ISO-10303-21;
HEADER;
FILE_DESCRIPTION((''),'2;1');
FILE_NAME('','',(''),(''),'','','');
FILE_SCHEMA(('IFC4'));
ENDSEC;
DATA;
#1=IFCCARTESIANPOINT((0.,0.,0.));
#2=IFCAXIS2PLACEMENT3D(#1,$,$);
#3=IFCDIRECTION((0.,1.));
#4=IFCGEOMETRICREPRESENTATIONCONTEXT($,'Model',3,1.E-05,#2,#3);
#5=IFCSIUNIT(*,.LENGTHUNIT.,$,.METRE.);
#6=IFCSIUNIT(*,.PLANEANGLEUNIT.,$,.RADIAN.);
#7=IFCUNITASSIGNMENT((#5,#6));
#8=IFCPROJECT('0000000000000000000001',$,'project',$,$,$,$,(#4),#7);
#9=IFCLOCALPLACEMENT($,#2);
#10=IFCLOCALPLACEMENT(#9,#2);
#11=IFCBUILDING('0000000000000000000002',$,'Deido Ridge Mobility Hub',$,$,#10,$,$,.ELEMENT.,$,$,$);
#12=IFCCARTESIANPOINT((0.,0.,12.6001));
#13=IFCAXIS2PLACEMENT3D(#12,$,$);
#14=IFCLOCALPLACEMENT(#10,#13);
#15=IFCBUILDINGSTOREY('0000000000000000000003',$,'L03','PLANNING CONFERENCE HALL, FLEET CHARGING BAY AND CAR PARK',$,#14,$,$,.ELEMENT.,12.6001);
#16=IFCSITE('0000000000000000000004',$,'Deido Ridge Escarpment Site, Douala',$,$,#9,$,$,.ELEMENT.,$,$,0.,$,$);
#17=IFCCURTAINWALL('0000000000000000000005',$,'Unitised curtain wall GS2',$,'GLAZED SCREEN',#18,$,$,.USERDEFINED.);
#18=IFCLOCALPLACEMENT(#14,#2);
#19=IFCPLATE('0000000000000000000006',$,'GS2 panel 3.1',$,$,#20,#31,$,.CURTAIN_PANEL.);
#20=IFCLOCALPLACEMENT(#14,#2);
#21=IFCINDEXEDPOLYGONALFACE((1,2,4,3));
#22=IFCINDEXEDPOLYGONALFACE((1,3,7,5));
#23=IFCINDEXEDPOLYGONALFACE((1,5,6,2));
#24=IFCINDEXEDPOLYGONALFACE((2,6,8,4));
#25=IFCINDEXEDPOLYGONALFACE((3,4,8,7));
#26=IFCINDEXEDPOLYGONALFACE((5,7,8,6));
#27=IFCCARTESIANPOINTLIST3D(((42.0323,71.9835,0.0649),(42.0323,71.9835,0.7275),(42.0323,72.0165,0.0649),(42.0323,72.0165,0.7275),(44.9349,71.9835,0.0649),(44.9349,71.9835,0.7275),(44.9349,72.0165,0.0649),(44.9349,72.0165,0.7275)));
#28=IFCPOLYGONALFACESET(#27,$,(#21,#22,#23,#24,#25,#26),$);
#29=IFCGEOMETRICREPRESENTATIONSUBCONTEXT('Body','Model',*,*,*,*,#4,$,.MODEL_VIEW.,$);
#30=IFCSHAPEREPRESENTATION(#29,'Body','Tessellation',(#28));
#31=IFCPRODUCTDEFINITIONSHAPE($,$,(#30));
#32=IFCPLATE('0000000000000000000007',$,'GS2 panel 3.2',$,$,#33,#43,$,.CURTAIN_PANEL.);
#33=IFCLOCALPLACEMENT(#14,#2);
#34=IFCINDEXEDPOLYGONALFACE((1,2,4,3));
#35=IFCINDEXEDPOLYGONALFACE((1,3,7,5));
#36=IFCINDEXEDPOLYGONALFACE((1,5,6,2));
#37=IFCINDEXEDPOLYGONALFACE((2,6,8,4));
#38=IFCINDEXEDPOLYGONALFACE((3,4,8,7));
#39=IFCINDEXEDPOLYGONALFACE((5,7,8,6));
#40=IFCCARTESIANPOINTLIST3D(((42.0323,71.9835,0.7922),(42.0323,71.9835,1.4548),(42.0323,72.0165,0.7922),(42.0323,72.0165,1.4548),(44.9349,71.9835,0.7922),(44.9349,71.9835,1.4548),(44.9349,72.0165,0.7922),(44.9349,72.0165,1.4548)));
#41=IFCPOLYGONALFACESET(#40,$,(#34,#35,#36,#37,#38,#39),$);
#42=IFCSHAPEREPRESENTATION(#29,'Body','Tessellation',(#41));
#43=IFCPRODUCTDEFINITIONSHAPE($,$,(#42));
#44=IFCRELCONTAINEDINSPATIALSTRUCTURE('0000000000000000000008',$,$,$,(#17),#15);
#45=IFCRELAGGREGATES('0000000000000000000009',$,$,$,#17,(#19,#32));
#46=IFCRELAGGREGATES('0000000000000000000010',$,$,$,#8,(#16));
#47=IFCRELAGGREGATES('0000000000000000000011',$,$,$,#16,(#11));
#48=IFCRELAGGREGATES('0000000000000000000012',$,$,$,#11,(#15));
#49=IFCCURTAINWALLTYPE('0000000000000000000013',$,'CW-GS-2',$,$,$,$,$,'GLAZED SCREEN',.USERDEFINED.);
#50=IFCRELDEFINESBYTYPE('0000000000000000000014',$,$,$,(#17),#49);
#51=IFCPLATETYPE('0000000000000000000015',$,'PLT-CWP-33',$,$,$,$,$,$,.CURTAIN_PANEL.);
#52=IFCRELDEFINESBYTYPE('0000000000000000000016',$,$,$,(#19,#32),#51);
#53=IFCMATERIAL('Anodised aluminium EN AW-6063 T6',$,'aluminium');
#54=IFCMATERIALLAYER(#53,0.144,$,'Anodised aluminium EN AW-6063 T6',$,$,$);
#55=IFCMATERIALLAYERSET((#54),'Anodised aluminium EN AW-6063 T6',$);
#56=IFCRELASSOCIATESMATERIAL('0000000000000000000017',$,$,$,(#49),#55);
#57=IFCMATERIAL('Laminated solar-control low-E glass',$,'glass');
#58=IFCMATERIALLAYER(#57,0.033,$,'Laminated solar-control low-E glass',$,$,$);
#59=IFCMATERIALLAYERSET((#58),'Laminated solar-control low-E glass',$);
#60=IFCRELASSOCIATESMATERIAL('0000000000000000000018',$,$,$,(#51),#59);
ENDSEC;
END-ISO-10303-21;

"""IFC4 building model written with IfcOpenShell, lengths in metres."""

from ifc_helpers import new_model, si_unit, direction, frame, origin, origin_2d, place, context, subcontext, project, spatial, rectangle, extrude, material, layer, layer_set, type_object, element, aggregate, save


model = new_model("IFC4")

# Units and contexts
model_context = context("Model", 3, precision=1e-05, world=origin(), true_north=direction((0.0, 1.0)))
body_context = subcontext(model_context, "Body", "Model", "MODEL_VIEW")
ifc_project = project(units=[si_unit("LENGTHUNIT", "METRE"), si_unit("PLANEANGLEUNIT", "RADIAN")], contexts=[model_context])

# Site, building, storey
site_placement = place(None, origin())
site = spatial("IfcSite", under=ifc_project, at=site_placement, Name="Deido Ridge Escarpment Site, Douala", CompositionType="ELEMENT", RefElevation=0.0)
building_placement = place(site_placement, origin())
building = spatial("IfcBuilding", under=site, at=building_placement, Name="Deido Ridge Mobility Hub", CompositionType="ELEMENT")
storey_placement = place(building_placement, frame((0.0, 0.0, 12.6001)))
storey = spatial("IfcBuildingStorey", under=building, at=storey_placement, Name="L03", Description="PLANNING CONFERENCE HALL, FLEET CHARGING BAY AND CAR PARK", CompositionType="ELEMENT", Elevation=12.6001)

# Curtain wall
ifc_material_1 = material(Name="Anodised aluminium EN AW-6063 T6", Category="aluminium")
ifc_layer_1 = layer(ifc_material_1, 0.144, Name="Anodised aluminium EN AW-6063 T6")
ifc_layer_set_1 = layer_set([ifc_layer_1], Name="Anodised aluminium EN AW-6063 T6")
curtain_wall_type = type_object("IfcCurtainWallType", Name="CW-GS-2", ElementType="GLAZED SCREEN", PredefinedType="USERDEFINED", material=ifc_layer_set_1)
curtain_wall_placement = place(storey_placement, origin())
curtain_wall = element("IfcCurtainWall", 1, at=curtain_wall_placement, inside=storey, type_object=curtain_wall_type, Name="Unitised curtain wall GS2", ObjectType="GLAZED SCREEN", PredefinedType="USERDEFINED")

# Plates
ifc_material_2 = material(Name="Laminated solar-control low-E glass", Category="glass")
ifc_layer_2 = layer(ifc_material_2, 0.033, Name="Laminated solar-control low-E glass")
ifc_layer_set_2 = layer_set([ifc_layer_2], Name="Laminated solar-control low-E glass")
plate_type_1 = type_object("IfcPlateType", Name="PLT-CWP-33", PredefinedType="CURTAIN_PANEL", material=ifc_layer_set_2)
plate_1_placement = place(storey_placement, frame((43.4836, 72.0, 0.0649), z_axis=(0.0, 0.0, 1.0), x_axis=(1.0, 0.0, 0.0)))
plate_1 = element("IfcPlate", 2, at=plate_1_placement, type_object=plate_type_1, Name="GS2 panel 3.1", PredefinedType="CURTAIN_PANEL", context=body_context, shape_type="SweptSolid", body=[
    extrude(rectangle(XDim=2.9026, YDim=0.033, at=origin_2d()), origin(), (0.0, 0.0, 1.0), 0.6626),
])
plate_2_placement = place(storey_placement, frame((43.4836, 72.0, 0.7922), z_axis=(0.0, 0.0, 1.0), x_axis=(1.0, 0.0, 0.0)))
plate_2 = element("IfcPlate", 3, at=plate_2_placement, type_object=plate_type_1, Name="GS2 panel 3.2", PredefinedType="CURTAIN_PANEL", context=body_context, shape_type="SweptSolid", body=[
    extrude(rectangle(XDim=2.9026, YDim=0.033, at=origin_2d()), origin(), (0.0, 0.0, 1.0), 0.6626),
])
aggregate(curtain_wall, [plate_1, plate_2])

save(model, "model.ifc")
